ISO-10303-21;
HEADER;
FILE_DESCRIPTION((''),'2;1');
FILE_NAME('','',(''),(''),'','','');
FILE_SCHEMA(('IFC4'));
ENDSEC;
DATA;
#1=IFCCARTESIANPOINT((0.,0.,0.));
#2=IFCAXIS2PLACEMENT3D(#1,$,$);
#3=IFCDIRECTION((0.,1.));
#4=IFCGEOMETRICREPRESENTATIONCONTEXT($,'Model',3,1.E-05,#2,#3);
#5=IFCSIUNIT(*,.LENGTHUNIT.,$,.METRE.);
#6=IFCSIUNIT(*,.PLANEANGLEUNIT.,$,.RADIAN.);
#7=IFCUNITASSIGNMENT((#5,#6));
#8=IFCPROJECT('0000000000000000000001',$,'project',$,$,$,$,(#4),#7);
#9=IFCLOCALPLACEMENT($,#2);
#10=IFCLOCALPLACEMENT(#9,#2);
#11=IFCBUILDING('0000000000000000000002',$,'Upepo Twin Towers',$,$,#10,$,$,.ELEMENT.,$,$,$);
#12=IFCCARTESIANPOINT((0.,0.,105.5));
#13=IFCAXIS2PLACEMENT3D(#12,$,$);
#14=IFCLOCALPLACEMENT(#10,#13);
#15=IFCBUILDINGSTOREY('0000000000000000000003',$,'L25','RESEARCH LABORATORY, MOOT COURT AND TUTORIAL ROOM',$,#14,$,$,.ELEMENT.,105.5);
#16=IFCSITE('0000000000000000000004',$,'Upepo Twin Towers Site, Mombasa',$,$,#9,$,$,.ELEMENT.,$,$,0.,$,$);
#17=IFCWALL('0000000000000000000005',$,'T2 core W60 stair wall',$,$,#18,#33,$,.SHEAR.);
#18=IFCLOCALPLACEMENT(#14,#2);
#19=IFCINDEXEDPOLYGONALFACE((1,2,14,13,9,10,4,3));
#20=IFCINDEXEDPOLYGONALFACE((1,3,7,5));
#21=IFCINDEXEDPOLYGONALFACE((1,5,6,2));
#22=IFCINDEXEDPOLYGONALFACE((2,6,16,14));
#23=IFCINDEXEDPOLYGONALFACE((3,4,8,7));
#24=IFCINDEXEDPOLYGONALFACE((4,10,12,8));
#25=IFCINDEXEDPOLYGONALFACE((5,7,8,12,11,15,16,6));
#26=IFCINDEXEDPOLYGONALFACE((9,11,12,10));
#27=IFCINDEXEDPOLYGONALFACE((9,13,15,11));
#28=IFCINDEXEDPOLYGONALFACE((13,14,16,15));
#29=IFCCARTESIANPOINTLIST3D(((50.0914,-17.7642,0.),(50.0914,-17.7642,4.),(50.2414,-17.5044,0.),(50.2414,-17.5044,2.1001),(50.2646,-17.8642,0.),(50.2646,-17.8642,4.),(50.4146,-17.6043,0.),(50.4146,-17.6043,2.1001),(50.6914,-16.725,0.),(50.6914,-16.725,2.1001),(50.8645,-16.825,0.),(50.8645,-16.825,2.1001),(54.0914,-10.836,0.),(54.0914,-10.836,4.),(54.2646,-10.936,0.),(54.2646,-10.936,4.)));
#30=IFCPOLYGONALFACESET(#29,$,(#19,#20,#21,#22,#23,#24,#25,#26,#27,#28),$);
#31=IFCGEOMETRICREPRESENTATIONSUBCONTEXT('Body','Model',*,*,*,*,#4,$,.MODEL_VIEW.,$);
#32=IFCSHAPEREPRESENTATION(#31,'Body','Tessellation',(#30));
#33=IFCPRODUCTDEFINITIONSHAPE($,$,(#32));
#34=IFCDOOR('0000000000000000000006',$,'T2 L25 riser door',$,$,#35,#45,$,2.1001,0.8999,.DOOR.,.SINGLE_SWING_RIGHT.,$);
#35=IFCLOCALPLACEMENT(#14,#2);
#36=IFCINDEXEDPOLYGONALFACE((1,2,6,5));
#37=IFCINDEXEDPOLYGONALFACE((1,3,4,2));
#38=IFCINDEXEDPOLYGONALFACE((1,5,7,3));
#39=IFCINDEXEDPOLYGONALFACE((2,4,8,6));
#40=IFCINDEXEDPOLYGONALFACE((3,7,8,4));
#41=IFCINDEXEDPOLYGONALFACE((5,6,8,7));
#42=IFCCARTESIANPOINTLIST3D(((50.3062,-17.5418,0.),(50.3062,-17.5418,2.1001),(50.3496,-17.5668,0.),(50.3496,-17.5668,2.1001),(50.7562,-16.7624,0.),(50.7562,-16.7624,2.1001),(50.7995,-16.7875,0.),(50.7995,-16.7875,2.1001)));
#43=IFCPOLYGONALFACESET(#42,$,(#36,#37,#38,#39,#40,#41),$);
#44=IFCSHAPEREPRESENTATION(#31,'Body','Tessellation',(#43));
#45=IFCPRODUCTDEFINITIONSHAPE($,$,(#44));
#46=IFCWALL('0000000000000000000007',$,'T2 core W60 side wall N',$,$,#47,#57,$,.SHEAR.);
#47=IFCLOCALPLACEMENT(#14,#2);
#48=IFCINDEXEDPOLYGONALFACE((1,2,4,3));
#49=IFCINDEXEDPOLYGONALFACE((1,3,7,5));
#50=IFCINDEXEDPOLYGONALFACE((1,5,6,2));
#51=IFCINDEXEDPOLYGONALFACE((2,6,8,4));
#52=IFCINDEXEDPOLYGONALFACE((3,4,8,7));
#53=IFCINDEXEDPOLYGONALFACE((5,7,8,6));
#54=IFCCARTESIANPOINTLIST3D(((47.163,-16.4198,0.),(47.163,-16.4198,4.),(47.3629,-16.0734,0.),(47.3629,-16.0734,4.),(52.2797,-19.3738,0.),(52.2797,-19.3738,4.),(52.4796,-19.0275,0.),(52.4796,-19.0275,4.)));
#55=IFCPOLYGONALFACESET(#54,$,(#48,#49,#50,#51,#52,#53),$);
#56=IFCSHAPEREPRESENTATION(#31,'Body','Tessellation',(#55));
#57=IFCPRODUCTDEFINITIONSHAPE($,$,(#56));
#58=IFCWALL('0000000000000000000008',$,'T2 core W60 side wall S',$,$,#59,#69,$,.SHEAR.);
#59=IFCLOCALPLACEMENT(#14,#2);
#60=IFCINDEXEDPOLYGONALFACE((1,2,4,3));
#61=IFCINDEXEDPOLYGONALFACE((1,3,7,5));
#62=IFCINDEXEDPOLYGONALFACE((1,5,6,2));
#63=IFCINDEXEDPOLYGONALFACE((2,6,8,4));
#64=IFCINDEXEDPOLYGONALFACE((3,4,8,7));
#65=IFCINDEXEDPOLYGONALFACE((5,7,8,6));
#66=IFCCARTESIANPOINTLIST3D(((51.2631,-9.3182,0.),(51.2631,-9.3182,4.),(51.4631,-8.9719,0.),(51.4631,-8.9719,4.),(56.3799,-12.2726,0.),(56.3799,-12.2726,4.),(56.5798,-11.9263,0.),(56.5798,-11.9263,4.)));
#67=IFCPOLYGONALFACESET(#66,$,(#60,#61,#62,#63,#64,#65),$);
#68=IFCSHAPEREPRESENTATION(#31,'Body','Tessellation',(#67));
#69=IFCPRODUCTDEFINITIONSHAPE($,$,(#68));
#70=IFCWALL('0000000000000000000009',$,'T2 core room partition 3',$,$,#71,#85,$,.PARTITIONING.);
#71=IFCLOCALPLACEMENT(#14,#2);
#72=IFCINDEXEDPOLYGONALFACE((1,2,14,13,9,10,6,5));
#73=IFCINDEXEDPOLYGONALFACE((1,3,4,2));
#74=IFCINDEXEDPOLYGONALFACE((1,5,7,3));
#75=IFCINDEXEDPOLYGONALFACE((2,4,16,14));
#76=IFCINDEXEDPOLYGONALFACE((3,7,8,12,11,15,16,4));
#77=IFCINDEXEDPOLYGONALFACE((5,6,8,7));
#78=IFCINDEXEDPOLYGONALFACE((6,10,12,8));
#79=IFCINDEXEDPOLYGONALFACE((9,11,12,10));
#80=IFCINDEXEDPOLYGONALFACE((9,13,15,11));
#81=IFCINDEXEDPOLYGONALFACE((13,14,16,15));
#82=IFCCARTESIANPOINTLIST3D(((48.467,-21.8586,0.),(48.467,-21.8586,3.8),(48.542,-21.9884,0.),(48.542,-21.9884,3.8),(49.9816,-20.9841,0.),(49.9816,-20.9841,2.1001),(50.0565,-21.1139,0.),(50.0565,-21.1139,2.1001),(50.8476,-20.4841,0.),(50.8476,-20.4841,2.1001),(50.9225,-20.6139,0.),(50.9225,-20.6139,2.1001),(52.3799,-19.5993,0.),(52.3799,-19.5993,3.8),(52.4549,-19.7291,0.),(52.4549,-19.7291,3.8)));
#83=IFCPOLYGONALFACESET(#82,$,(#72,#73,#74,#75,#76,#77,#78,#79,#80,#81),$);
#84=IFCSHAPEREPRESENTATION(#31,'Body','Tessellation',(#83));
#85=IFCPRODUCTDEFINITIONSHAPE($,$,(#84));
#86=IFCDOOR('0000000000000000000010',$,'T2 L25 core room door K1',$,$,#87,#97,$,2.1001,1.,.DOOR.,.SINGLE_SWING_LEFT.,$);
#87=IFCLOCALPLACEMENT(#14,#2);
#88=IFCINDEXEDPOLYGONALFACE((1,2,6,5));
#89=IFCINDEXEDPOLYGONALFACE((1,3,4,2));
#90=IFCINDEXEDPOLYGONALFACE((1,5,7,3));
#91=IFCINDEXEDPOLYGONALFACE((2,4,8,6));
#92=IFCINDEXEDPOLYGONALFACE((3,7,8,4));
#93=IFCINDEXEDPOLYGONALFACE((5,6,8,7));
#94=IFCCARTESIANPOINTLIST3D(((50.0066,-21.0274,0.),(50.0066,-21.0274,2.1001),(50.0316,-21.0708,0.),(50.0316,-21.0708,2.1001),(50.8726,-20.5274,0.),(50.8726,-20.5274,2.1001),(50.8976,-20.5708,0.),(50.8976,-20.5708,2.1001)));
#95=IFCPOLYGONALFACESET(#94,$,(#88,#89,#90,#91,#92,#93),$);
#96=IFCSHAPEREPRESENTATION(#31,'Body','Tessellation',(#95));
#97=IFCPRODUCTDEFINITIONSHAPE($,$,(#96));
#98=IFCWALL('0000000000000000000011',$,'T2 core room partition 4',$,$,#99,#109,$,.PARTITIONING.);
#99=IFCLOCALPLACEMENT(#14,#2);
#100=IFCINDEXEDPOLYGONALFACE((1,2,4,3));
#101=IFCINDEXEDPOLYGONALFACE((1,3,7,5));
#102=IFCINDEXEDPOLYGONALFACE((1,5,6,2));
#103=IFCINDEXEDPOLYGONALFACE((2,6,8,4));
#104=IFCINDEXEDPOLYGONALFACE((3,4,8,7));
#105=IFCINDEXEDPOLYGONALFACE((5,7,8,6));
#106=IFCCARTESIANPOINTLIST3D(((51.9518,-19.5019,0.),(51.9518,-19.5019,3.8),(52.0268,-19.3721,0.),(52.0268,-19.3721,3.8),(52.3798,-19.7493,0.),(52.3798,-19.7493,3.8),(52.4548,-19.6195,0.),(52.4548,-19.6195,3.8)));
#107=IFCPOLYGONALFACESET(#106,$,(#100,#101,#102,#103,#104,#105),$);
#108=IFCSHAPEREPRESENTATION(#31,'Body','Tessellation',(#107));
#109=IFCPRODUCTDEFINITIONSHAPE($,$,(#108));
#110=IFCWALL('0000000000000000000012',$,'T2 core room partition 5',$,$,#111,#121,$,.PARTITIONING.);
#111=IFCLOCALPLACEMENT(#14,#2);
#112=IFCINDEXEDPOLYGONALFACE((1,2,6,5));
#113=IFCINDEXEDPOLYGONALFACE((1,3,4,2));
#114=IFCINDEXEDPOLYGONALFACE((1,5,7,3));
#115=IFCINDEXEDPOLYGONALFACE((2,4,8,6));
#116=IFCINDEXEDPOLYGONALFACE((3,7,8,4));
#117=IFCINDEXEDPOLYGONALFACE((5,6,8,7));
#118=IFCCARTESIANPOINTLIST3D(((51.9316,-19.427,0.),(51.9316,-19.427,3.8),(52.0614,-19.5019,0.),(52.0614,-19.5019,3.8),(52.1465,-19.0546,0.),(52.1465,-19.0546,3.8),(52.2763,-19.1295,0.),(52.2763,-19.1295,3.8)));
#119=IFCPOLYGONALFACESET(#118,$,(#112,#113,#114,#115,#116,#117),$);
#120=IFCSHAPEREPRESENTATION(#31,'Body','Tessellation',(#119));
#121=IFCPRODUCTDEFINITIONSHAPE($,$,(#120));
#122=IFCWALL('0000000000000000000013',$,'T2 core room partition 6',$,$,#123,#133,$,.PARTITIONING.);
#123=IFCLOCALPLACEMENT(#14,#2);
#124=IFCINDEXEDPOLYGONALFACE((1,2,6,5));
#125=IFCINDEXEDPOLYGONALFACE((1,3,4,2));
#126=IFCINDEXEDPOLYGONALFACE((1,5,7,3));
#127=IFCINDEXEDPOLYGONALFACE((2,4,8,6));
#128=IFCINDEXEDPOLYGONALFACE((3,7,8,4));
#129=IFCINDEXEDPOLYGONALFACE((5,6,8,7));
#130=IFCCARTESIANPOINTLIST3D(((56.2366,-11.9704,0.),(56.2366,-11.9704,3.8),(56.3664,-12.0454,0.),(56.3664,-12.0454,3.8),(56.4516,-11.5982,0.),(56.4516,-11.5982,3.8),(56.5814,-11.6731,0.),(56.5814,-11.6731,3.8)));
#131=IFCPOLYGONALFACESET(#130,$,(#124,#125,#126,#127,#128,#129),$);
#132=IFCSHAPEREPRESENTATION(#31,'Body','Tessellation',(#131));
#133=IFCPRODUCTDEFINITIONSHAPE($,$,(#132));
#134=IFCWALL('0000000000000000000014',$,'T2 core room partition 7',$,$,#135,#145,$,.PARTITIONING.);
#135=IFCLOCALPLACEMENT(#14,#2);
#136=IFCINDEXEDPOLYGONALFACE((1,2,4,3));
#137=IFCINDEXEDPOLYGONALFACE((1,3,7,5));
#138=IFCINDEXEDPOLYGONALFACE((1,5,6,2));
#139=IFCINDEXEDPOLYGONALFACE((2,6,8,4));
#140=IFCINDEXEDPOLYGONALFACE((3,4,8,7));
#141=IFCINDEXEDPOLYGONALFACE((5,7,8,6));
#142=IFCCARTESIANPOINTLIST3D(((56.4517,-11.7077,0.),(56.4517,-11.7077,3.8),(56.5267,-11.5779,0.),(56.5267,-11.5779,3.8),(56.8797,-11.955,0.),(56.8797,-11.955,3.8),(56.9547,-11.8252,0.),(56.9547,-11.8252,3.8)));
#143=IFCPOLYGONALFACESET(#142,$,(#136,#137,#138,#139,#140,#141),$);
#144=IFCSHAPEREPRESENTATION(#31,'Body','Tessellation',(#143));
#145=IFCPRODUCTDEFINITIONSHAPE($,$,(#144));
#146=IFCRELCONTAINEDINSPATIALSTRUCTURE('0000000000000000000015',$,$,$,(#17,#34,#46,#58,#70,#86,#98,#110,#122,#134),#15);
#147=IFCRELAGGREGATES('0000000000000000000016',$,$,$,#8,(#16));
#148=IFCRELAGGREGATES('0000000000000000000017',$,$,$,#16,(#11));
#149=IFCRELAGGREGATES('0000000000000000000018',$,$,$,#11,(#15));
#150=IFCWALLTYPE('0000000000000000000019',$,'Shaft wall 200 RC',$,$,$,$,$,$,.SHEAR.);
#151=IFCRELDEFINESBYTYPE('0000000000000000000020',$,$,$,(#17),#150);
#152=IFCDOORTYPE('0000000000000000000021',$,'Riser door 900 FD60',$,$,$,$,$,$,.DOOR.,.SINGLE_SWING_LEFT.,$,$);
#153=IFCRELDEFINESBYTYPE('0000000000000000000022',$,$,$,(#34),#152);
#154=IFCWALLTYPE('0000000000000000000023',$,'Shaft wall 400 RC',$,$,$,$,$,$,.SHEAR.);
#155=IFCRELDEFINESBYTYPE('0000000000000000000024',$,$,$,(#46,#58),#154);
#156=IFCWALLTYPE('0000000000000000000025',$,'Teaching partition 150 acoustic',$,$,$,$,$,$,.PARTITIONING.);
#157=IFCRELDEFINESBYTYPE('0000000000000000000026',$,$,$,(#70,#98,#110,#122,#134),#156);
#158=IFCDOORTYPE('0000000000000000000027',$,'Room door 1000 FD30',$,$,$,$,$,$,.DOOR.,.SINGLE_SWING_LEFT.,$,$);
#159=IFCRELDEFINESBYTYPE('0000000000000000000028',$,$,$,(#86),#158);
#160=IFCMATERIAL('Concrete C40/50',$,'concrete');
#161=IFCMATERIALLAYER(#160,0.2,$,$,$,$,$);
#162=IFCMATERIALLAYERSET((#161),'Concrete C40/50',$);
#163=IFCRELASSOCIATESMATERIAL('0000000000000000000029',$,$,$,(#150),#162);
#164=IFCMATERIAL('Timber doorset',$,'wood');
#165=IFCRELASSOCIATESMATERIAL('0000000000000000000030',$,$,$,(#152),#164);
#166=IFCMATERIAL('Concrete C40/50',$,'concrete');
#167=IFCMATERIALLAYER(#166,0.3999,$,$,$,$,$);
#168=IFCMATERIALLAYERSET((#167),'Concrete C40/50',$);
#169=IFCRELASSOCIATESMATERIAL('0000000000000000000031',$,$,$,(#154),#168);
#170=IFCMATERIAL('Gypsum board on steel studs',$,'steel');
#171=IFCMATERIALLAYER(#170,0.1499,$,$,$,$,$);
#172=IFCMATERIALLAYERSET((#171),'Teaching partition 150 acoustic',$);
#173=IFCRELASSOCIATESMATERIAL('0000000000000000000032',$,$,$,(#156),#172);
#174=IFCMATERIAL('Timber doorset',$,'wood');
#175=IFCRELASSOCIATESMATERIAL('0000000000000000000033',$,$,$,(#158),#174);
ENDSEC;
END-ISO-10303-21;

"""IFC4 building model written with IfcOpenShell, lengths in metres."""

from ifc_helpers import new_model, si_unit, direction, frame, frame_2d, origin, place, context, subcontext, project, spatial, rectangle, extrude, material, layer, layer_set, type_object, element, fill, save


model = new_model("IFC4")

# Units and contexts
model_context = context("Model", 3, precision=1e-05, world=origin(), true_north=direction((0.0, 1.0)))
body_context = subcontext(model_context, "Body", "Model", "MODEL_VIEW")
ifc_project = project(units=[si_unit("LENGTHUNIT", "METRE"), si_unit("PLANEANGLEUNIT", "RADIAN")], contexts=[model_context])

# Site, building, storey
site_placement = place(None, origin())
site = spatial("IfcSite", under=ifc_project, at=site_placement, Name="Upepo Twin Towers Site, Mombasa", CompositionType="ELEMENT", RefElevation=0.0)
building_placement = place(site_placement, origin())
building = spatial("IfcBuilding", under=site, at=building_placement, Name="Upepo Twin Towers", CompositionType="ELEMENT")
storey_placement = place(building_placement, frame((0.0, 0.0, 105.5)))
storey = spatial("IfcBuildingStorey", under=building, at=storey_placement, Name="L25", Description="RESEARCH LABORATORY, MOOT COURT AND TUTORIAL ROOM", CompositionType="ELEMENT", Elevation=105.5)

# Shared definitions
ifc_material_1 = material(Name="Concrete C40/50", Category="concrete")
ifc_layer_1 = layer(ifc_material_1, 0.2)
ifc_layer_set_1 = layer_set([ifc_layer_1], Name="Concrete C40/50")
wall_type_1 = type_object("IfcWallType", Name="Shaft wall 200 RC", PredefinedType="SHEAR", material=ifc_layer_set_1)

# Wall, opening, door
wall_1_placement = place(storey_placement, frame((54.178, -10.886, 0.0), z_axis=(0.0, 0.0, 1.0), x_axis=(-0.499999, -0.866026, 0.0)))
wall_1 = element("IfcWall", 1, at=wall_1_placement, inside=storey, type_object=wall_type_1, Name="T2 core W60 stair wall", PredefinedType="SHEAR", context=body_context, shape_type="SweptSolid", body=[
    extrude(rectangle(XDim=8.0, YDim=0.2, at=frame_2d((4.0, 0.0))), origin(), (0.0, 0.0, 1.0), 4.0),
])
opening_1_placement = place(wall_1_placement, frame((6.8, 0.0, 0.0)))
opening_1 = element("IfcOpeningElement", 2, at=opening_1_placement, cuts=wall_1, PredefinedType="OPENING", context=body_context, shape_type="SweptSolid", body=[
    extrude(rectangle(XDim=0.8999, YDim=2.1001, at=frame_2d((0.45, 1.05))), frame((0.0, 0.1099, 0.0), z_axis=(0.0, -1.0, 0.0), x_axis=(1.0, 0.0, 0.0)), (0.0, 0.0, 1.0), 0.22),
])
ifc_material_2 = material(Name="Timber doorset", Category="wood")
door_type_1 = type_object("IfcDoorType", Name="Riser door 900 FD60", OperationType="SINGLE_SWING_LEFT", PredefinedType="DOOR", material=ifc_material_2)
door_1_placement = place(opening_1_placement, origin())
door_1 = element("IfcDoor", 3, at=door_1_placement, inside=storey, type_object=door_type_1, Name="T2 L25 riser door", OperationType="SINGLE_SWING_RIGHT", OverallHeight=2.1001, OverallWidth=0.8999, PredefinedType="DOOR", context=body_context, shape_type="SweptSolid", body=[
    extrude(rectangle(XDim=0.8999, YDim=2.1001, at=frame_2d((0.45, 1.05))), frame((0.0, 0.0249, 0.0), z_axis=(0.0, -1.0, 0.0), x_axis=(1.0, 0.0, 0.0)), (0.0, 0.0, 1.0), 0.05),
])
fill(opening_1, door_1)

# Walls
ifc_material_3 = material(Name="Concrete C40/50", Category="concrete")
ifc_layer_2 = layer(ifc_material_3, 0.3999)
ifc_layer_set_2 = layer_set([ifc_layer_2], Name="Concrete C40/50")
wall_type_2 = type_object("IfcWallType", Name="Shaft wall 400 RC", PredefinedType="SHEAR", material=ifc_layer_set_2)
wall_2_placement = place(storey_placement, frame((52.3796, -19.2007, 0.0), z_axis=(0.0, 0.0, 1.0), x_axis=(-0.866027, 0.499997, 0.0)))
element("IfcWall", 4, at=wall_2_placement, inside=storey, type_object=wall_type_2, Name="T2 core W60 side wall N", PredefinedType="SHEAR", context=body_context, shape_type="SweptSolid", body=[
    extrude(rectangle(XDim=5.9082, YDim=0.3999, at=frame_2d((2.9541, 0.0))), origin(), (0.0, 0.0, 1.0), 4.0),
])
wall_3_placement = place(storey_placement, frame((56.4797, -12.0994, 0.0), z_axis=(0.0, 0.0, 1.0), x_axis=(-0.866009, 0.500028, 0.0)))
element("IfcWall", 5, at=wall_3_placement, inside=storey, type_object=wall_type_2, Name="T2 core W60 side wall S", PredefinedType="SHEAR", context=body_context, shape_type="SweptSolid", body=[
    extrude(rectangle(XDim=5.9084, YDim=0.3999, at=frame_2d((2.9541, 0.0))), origin(), (0.0, 0.0, 1.0), 4.0),
])

# Wall, opening, door
ifc_material_4 = material(Name="Gypsum board on steel studs", Category="steel")
ifc_layer_3 = layer(ifc_material_4, 0.1499)
ifc_layer_set_3 = layer_set([ifc_layer_3], Name="Teaching partition 150 acoustic")
wall_type_3 = type_object("IfcWallType", Name="Teaching partition 150 acoustic", PredefinedType="PARTITIONING", material=ifc_layer_set_3)
wall_4_placement = place(storey_placement, frame((48.5044, -21.9236, 0.0), z_axis=(0.0, 0.0, 1.0), x_axis=(0.866007, 0.500033, 0.0)))
wall_4 = element("IfcWall", 6, at=wall_4_placement, inside=storey, type_object=wall_type_3, Name="T2 core room partition 3", PredefinedType="PARTITIONING", context=body_context, shape_type="SweptSolid", body=[
    extrude(rectangle(XDim=4.5183, YDim=0.1499, at=frame_2d((2.2593, 0.0))), origin(), (0.0, 0.0, 1.0), 3.8),
])
opening_2_placement = place(wall_4_placement, frame((1.749, 0.0, 0.0)))
opening_2 = element("IfcOpeningElement", 7, at=opening_2_placement, cuts=wall_4, PredefinedType="OPENING", context=body_context, shape_type="SweptSolid", body=[
    extrude(rectangle(XDim=1.0, YDim=2.1001, at=frame_2d((0.5, 1.05))), frame((0.0, 0.085, 0.0), z_axis=(0.0, -1.0, 0.0), x_axis=(1.0, 0.0, 0.0)), (0.0, 0.0, 1.0), 0.1699),
])
ifc_material_5 = material(Name="Timber doorset", Category="wood")
door_type_2 = type_object("IfcDoorType", Name="Room door 1000 FD30", OperationType="SINGLE_SWING_LEFT", PredefinedType="DOOR", material=ifc_material_5)
door_2_placement = place(opening_2_placement, origin())
door_2 = element("IfcDoor", 8, at=door_2_placement, inside=storey, type_object=door_type_2, Name="T2 L25 core room door K1", OperationType="SINGLE_SWING_LEFT", OverallHeight=2.1001, OverallWidth=1.0, PredefinedType="DOOR", context=body_context, shape_type="SweptSolid", body=[
    extrude(rectangle(XDim=1.0, YDim=2.1001, at=frame_2d((0.5, 1.05))), frame((0.0, 0.0249, 0.0), z_axis=(0.0, -1.0, 0.0), x_axis=(1.0, 0.0, 0.0)), (0.0, 0.0, 1.0), 0.05),
])
fill(opening_2, door_2)

# Walls
wall_5_placement = place(storey_placement, frame((52.4172, -19.6843, 0.0), z_axis=(0.0, 0.0, 1.0), x_axis=(-0.865832, 0.500335, 0.0)))
element("IfcWall", 9, at=wall_5_placement, inside=storey, type_object=wall_type_3, Name="T2 core room partition 4", PredefinedType="PARTITIONING", context=body_context, shape_type="SweptSolid", body=[
    extrude(rectangle(XDim=0.4944, YDim=0.1499, at=frame_2d((0.2471, 0.0))), origin(), (0.0, 0.0, 1.0), 3.8),
])
for number, where, z_axis, x_axis, name in (
    (10, (51.9966, -19.4644, 0.0), (0.0, 0.0, 1.0), (0.499804, 0.866138, 0.0), "T2 core room partition 5"),
    (11, (56.3015, -12.0078, 0.0), (0.0, 0.0, 1.0), (0.50023, 0.865892, 0.0), "T2 core room partition 6"),
):
    element("IfcWall", number, at=place(storey_placement, frame(where, z_axis=z_axis, x_axis=x_axis)), inside=storey, type_object=wall_type_3, Name=name, PredefinedType="PARTITIONING", context=body_context, shape_type="SweptSolid", body=[
        extrude(rectangle(XDim=0.4299, YDim=0.1499, at=frame_2d((0.2148, 0.0))), origin(), (0.0, 0.0, 1.0), 3.8),
    ])
wall_6_placement = place(storey_placement, frame((56.4893, -11.6428, 0.0), z_axis=(0.0, 0.0, 1.0), x_axis=(0.865832, -0.500335, 0.0)))
element("IfcWall", 12, at=wall_6_placement, inside=storey, type_object=wall_type_3, Name="T2 core room partition 7", PredefinedType="PARTITIONING", context=body_context, shape_type="SweptSolid", body=[
    extrude(rectangle(XDim=0.4944, YDim=0.1499, at=frame_2d((0.2471, 0.0))), origin(), (0.0, 0.0, 1.0), 3.8),
])

save(model, "model.ifc")
